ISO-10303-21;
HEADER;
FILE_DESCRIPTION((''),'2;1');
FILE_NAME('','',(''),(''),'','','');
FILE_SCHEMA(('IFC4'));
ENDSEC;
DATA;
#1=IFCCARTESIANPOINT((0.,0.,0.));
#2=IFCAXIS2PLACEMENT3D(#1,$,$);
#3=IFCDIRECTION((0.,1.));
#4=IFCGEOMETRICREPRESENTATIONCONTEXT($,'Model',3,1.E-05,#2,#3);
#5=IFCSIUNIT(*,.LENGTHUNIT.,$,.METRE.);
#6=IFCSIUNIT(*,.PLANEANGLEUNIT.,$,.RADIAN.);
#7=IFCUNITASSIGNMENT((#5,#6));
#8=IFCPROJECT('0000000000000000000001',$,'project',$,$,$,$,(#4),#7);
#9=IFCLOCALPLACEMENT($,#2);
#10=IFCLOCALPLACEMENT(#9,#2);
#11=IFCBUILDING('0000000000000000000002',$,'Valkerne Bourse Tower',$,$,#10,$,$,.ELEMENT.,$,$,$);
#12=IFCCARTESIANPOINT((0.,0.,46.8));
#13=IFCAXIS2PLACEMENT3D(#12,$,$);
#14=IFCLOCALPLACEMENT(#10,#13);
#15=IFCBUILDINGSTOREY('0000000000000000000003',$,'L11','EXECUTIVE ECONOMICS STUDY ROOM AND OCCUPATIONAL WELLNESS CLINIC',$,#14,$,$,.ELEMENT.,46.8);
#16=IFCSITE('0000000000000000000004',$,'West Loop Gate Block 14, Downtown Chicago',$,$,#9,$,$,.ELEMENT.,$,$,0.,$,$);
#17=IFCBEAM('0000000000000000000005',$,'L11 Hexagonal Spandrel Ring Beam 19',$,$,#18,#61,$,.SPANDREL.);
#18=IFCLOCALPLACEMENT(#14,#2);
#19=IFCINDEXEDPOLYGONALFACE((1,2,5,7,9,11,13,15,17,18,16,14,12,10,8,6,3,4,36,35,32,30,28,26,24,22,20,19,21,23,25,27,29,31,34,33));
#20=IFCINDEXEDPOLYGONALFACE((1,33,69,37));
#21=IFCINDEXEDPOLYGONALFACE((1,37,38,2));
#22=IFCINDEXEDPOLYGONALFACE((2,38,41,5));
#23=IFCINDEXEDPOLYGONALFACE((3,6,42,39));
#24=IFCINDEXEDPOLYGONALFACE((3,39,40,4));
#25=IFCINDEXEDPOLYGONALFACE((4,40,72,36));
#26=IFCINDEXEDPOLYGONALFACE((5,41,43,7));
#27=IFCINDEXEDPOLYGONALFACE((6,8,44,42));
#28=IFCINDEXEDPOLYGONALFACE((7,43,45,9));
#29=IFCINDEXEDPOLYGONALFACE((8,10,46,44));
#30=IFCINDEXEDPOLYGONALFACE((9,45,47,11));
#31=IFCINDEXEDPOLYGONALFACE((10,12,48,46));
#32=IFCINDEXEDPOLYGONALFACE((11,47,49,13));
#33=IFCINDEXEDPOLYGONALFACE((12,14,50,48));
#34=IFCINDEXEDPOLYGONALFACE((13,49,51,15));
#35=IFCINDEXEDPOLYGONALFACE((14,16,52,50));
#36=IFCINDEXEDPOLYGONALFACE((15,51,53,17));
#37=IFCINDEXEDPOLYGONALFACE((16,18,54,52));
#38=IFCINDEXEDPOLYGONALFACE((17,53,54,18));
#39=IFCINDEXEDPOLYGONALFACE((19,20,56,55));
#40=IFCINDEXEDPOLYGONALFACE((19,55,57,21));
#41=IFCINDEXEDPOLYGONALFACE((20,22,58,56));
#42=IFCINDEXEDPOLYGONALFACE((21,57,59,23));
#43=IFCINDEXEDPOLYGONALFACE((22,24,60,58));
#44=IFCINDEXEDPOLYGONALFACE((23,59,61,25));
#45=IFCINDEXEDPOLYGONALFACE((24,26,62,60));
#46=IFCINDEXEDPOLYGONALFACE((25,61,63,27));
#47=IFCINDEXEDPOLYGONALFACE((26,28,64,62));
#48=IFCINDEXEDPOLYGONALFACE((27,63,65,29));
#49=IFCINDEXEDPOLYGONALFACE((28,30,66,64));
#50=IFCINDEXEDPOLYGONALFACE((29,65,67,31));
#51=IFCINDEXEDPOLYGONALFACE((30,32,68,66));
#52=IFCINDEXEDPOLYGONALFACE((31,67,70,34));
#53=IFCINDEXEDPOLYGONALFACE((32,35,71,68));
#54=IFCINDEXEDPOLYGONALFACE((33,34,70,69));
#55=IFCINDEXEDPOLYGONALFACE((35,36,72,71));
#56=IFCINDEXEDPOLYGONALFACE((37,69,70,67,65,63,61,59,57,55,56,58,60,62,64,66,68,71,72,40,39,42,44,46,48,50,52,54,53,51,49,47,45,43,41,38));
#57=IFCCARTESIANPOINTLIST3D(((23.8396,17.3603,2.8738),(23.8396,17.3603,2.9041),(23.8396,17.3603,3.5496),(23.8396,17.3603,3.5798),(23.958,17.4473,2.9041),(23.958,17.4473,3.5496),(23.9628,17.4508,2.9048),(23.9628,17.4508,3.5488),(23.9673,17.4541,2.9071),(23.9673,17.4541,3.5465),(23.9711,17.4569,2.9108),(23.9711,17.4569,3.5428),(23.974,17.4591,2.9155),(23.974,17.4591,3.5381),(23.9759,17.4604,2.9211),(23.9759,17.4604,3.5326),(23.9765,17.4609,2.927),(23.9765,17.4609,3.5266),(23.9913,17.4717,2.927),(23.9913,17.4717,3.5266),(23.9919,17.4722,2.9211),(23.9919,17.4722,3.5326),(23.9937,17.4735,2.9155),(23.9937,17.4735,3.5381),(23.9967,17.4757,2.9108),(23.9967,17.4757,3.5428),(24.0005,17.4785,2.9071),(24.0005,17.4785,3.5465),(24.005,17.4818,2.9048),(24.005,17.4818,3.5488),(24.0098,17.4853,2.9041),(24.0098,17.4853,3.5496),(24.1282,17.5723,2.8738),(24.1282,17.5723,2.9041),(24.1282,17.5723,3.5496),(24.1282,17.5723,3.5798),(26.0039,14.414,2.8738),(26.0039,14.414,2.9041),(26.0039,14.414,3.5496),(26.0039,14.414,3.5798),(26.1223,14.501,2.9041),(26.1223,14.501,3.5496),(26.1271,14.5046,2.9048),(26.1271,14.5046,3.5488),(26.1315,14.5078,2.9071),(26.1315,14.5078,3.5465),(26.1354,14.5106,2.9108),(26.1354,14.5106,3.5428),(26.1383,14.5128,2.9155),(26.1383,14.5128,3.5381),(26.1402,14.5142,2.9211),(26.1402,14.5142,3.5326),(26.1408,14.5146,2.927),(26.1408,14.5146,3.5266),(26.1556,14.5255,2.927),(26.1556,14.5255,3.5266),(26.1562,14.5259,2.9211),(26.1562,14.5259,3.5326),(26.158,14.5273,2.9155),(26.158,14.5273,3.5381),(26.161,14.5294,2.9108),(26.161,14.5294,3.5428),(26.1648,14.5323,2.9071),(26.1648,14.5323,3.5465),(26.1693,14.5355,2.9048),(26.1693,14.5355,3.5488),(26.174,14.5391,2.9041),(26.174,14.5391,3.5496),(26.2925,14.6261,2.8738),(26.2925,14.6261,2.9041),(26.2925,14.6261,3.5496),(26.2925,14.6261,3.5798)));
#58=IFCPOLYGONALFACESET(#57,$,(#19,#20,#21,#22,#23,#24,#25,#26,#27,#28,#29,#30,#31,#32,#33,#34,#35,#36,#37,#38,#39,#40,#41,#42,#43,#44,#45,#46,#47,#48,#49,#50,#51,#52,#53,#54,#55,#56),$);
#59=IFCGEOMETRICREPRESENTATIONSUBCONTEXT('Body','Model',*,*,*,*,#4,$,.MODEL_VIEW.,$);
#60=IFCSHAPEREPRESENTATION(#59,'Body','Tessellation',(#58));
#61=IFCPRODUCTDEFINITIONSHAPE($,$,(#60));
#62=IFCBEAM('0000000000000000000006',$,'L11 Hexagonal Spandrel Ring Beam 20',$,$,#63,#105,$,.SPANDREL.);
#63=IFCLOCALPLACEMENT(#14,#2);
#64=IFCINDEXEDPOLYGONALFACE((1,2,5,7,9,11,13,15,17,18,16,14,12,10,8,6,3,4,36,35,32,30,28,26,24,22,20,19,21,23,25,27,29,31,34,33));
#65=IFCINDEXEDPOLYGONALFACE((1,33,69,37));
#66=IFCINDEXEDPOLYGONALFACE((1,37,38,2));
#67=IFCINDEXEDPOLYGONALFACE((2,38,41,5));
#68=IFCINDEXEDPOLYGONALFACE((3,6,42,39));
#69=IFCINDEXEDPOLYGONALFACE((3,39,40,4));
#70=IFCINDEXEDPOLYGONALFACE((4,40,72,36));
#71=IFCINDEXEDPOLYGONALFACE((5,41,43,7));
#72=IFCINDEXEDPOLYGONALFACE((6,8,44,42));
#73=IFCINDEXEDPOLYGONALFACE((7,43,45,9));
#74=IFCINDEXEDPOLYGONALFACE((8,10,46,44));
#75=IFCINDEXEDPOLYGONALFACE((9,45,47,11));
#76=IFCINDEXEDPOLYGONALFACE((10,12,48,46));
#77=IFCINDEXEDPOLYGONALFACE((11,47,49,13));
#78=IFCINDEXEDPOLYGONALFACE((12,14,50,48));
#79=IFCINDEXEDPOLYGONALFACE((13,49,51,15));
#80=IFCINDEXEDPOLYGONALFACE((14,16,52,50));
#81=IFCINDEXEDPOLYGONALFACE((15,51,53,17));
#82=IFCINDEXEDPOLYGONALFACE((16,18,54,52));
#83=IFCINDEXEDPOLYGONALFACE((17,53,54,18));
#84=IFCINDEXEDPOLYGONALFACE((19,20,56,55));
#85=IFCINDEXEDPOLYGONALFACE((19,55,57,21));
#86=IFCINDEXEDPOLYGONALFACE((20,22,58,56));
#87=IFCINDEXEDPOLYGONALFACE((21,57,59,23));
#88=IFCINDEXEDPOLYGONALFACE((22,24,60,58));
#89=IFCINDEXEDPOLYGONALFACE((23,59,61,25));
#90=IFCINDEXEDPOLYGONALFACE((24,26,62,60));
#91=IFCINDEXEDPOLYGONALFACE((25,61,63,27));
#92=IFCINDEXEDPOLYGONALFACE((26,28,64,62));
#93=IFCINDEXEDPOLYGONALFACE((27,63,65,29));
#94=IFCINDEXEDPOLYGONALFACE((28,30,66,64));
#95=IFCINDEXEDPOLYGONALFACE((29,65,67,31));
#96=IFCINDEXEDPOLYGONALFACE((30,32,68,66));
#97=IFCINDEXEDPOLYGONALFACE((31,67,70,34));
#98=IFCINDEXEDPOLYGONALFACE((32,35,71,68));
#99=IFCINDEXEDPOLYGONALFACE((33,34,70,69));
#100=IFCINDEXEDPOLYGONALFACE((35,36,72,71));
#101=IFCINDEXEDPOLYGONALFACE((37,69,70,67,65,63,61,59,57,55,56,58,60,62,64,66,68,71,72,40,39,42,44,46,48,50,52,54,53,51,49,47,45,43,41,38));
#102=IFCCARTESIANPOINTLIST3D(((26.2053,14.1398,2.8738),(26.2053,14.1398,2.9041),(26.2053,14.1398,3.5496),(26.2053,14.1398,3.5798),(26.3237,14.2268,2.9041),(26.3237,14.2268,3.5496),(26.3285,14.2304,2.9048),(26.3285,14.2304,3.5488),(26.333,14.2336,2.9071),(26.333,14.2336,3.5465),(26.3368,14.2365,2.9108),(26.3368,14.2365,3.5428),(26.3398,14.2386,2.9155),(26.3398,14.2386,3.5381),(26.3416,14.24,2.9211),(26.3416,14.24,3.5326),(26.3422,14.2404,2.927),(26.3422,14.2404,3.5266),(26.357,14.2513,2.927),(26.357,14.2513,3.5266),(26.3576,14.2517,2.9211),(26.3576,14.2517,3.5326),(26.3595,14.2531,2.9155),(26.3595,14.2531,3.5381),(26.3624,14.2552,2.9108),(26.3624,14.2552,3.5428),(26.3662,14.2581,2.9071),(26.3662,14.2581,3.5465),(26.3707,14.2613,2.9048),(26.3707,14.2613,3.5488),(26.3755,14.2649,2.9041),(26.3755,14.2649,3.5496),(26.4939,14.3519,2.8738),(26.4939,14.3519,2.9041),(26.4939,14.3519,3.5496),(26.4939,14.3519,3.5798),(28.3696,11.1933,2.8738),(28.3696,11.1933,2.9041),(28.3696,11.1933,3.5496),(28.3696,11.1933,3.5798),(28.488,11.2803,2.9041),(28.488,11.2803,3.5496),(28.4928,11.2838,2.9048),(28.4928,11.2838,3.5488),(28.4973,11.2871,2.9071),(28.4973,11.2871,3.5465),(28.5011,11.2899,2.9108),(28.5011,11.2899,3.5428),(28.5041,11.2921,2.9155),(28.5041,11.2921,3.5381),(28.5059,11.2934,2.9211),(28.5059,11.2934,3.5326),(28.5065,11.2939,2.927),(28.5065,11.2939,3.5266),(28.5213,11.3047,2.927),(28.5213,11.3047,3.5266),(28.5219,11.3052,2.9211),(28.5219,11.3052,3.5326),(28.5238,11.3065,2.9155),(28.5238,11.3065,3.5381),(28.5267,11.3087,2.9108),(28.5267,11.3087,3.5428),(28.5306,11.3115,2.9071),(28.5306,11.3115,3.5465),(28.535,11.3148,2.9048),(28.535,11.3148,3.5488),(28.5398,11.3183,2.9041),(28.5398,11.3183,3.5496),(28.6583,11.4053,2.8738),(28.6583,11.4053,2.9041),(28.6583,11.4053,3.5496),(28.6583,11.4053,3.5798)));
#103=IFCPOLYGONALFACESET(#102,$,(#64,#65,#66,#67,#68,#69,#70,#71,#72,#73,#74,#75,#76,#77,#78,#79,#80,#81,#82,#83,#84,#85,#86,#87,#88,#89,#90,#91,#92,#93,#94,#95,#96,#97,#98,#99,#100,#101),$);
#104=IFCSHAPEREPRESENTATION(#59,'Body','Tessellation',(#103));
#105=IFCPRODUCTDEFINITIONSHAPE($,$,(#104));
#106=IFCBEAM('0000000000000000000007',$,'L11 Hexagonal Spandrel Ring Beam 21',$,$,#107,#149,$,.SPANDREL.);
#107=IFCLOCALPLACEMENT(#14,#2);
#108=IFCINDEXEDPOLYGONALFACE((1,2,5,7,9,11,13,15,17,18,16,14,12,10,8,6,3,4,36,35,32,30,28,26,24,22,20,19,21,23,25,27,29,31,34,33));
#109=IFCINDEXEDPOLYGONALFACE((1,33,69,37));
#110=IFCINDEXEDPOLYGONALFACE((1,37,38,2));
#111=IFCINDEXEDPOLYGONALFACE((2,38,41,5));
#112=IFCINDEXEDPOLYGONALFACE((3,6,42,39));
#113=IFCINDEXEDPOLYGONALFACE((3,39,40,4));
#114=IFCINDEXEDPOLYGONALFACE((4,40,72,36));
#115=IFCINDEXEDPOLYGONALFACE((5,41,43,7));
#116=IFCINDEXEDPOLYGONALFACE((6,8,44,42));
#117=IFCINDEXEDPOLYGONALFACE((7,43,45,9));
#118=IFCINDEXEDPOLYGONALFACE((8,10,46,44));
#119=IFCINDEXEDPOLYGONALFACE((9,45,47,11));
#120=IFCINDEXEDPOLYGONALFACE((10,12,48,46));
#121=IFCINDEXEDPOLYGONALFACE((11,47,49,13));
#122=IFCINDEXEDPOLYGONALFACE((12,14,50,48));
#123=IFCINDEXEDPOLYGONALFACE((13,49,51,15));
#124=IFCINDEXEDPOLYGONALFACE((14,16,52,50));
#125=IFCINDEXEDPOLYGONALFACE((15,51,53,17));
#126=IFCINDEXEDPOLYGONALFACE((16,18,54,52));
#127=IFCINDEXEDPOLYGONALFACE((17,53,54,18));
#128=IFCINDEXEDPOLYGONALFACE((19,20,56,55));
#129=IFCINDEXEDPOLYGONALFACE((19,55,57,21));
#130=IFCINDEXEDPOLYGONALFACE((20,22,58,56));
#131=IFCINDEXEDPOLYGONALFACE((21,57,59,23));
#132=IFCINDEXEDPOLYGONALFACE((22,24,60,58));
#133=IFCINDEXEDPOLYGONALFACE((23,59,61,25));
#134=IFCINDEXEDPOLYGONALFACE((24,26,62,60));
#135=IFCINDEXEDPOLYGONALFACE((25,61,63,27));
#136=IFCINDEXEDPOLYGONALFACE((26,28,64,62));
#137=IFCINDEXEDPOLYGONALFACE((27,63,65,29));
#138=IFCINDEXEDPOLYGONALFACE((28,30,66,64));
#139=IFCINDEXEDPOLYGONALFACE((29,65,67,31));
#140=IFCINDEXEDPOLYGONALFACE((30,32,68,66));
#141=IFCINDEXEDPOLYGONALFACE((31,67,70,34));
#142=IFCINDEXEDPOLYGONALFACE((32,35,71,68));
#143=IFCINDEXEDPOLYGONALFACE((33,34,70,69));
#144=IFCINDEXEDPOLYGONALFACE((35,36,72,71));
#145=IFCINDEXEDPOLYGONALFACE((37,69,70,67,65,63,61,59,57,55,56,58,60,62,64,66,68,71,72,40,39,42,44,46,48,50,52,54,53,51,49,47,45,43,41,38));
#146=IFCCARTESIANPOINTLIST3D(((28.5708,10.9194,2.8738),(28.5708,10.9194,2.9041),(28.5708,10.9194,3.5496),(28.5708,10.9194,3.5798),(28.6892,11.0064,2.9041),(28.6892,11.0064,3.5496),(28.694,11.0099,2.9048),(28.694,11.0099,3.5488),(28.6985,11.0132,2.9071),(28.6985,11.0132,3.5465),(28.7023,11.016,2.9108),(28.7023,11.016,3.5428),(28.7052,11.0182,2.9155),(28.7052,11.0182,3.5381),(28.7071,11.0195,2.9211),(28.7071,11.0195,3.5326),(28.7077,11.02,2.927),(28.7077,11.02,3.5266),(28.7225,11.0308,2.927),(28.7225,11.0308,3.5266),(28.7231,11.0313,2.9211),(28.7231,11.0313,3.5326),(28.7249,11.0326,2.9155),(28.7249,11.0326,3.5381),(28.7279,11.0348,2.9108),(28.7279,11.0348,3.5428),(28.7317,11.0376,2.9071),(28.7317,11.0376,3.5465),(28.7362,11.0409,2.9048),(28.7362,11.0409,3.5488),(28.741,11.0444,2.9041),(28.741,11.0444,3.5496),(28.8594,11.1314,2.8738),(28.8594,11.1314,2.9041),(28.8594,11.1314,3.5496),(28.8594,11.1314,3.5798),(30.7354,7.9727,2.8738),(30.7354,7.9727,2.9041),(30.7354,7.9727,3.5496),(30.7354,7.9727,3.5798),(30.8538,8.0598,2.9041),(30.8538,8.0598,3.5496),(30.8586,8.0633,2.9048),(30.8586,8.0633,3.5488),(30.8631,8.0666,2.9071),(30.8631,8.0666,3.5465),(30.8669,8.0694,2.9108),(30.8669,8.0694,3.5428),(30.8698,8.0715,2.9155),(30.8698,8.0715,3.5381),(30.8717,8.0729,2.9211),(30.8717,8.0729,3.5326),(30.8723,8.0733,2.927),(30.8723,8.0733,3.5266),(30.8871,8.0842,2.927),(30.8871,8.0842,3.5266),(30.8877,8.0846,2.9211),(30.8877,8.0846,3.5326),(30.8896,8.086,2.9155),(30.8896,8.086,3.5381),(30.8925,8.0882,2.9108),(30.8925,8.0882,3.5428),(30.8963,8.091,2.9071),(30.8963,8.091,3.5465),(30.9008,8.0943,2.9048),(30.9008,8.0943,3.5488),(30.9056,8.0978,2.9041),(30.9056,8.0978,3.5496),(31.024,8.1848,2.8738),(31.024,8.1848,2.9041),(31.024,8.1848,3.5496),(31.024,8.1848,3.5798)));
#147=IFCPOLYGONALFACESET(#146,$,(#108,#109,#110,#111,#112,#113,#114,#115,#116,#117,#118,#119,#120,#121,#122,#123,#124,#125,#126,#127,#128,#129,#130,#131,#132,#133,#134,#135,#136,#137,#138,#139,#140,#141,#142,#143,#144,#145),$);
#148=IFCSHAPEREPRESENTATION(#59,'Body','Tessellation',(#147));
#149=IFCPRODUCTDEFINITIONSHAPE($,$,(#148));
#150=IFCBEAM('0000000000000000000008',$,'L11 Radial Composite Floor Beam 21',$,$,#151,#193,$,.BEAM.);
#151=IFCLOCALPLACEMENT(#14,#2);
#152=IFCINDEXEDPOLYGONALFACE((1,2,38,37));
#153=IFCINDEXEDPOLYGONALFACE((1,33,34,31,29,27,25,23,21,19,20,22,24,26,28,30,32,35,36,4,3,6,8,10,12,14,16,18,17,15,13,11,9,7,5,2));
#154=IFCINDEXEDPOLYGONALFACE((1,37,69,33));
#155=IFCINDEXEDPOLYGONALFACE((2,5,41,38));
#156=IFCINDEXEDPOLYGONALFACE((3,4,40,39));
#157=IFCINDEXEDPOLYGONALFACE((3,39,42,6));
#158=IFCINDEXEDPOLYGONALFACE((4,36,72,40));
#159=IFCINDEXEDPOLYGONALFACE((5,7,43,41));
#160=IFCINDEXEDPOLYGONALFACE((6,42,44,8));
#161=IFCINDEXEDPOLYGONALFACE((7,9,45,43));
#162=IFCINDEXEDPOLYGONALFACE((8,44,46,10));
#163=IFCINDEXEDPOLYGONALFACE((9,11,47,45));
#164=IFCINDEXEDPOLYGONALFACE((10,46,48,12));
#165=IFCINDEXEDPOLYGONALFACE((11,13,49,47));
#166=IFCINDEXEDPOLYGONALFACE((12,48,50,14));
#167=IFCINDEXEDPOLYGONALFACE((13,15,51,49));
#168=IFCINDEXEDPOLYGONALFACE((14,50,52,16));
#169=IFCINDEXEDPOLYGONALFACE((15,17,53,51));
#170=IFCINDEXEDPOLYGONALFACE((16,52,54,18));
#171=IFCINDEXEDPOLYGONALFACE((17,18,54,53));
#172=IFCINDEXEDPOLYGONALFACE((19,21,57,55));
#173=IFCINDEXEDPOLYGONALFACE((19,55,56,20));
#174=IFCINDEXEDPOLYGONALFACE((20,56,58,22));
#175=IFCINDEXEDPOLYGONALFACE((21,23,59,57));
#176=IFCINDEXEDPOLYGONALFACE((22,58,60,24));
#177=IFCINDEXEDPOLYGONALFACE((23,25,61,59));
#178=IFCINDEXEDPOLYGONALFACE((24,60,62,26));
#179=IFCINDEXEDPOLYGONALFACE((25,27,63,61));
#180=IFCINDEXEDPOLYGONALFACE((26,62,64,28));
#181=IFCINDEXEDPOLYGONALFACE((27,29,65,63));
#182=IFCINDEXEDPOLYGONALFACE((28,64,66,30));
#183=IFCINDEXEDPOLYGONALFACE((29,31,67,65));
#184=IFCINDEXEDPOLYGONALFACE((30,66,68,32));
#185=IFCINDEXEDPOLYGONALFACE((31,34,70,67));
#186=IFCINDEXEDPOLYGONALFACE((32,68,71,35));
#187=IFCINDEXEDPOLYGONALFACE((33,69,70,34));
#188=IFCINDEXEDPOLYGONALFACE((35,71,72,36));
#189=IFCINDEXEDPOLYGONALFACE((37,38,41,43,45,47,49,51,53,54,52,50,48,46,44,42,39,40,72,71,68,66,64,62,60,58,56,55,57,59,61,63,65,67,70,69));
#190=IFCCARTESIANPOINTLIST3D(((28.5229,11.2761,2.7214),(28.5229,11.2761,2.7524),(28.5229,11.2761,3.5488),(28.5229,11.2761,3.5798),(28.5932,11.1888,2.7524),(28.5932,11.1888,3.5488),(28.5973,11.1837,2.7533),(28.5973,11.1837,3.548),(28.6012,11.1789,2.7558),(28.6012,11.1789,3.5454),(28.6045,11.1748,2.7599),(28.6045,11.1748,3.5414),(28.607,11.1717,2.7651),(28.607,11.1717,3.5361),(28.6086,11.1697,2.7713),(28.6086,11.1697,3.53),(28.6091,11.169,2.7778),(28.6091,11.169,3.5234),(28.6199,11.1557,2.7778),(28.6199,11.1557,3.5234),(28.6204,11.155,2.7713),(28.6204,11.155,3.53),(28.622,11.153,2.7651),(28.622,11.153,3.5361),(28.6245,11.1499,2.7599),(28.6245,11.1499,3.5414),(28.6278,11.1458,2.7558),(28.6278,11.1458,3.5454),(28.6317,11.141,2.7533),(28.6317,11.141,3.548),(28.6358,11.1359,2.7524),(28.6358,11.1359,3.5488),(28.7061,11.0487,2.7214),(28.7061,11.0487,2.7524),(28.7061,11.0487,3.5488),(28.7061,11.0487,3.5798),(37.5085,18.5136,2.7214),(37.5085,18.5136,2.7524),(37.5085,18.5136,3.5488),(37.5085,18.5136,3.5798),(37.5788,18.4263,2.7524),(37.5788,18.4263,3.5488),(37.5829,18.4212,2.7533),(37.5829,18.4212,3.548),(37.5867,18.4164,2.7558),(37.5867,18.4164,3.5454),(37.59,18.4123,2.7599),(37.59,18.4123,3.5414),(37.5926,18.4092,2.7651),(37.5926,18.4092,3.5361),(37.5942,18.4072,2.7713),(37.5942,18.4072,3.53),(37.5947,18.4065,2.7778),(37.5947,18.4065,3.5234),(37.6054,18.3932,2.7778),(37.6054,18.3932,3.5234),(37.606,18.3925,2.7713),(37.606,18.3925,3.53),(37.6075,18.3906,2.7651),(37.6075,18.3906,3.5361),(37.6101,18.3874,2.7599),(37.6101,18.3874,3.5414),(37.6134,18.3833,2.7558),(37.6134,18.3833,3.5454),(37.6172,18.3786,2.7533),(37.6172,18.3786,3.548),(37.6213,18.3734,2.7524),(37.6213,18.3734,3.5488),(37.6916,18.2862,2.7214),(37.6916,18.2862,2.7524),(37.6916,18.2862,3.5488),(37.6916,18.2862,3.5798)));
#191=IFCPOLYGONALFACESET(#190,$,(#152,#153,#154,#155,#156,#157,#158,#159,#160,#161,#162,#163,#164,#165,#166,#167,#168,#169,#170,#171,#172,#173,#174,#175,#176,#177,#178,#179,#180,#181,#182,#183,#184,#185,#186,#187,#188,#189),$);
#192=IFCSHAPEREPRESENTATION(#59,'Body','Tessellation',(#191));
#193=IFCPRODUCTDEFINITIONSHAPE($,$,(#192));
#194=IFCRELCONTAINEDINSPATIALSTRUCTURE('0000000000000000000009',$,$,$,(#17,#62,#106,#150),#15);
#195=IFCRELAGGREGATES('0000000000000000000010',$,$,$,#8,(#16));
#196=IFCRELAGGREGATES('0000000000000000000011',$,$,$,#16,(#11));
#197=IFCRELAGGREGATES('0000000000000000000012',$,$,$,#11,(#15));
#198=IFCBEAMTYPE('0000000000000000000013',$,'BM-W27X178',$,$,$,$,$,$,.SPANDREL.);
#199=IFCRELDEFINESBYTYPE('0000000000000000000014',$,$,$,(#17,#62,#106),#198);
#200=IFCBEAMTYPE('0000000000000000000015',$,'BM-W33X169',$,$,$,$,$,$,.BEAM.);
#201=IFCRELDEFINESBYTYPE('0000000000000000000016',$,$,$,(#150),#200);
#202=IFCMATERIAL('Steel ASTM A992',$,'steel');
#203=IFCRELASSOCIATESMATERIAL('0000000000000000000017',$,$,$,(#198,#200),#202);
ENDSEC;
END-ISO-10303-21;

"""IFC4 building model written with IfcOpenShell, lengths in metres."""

from ifc_helpers import new_model, si_unit, direction, frame, origin, origin_2d, place, context, subcontext, project, spatial, i_section, extrude, material, material_profile, profile_set, type_object, element, save


model = new_model("IFC4")

# Units and contexts
model_context = context("Model", 3, precision=1e-05, world=origin(), true_north=direction((0.0, 1.0)))
body_context = subcontext(model_context, "Body", "Model", "MODEL_VIEW")
ifc_project = project(units=[si_unit("LENGTHUNIT", "METRE"), si_unit("PLANEANGLEUNIT", "RADIAN")], contexts=[model_context])

# Site, building, storey
site_placement = place(None, origin())
site = spatial("IfcSite", under=ifc_project, at=site_placement, Name="West Loop Gate Block 14, Downtown Chicago", CompositionType="ELEMENT", RefElevation=0.0)
building_placement = place(site_placement, origin())
building = spatial("IfcBuilding", under=site, at=building_placement, Name="Valkerne Bourse Tower", CompositionType="ELEMENT")
storey_placement = place(building_placement, frame((0.0, 0.0, 46.8)))
storey = spatial("IfcBuildingStorey", under=building, at=storey_placement, Name="L11", Description="EXECUTIVE ECONOMICS STUDY ROOM AND OCCUPATIONAL WELLNESS CLINIC", CompositionType="ELEMENT", Elevation=46.8)

# Beams
ifc_material_1 = material(Name="Steel ASTM A992", Category="steel")
ifc_material_profile_1 = material_profile(ifc_material_1, i_section(OverallWidth=0.3582, OverallDepth=0.7061, WebThickness=0.0183, FlangeThickness=0.0303, FilletRadius=0.0229, at=origin_2d()), Name="W27X178")
ifc_profile_set_1 = profile_set([ifc_material_profile_1], Name="Steel ASTM A992")
beam_type_1 = type_object("IfcBeamType", Name="BM-W27X178", PredefinedType="SPANDREL", material=ifc_profile_set_1)
beam_1_placement = place(storey_placement, frame((23.9839, 17.4663, 3.2268), z_axis=(0.592021, -0.805923, 0.0), x_axis=(0.805923, 0.592021, 0.0)))
element("IfcBeam", 1, at=beam_1_placement, inside=storey, type_object=beam_type_1, Name="L11 Hexagonal Spandrel Ring Beam 19", PredefinedType="SPANDREL", context=body_context, shape_type="SweptSolid", body=[
    extrude(i_section(OverallWidth=0.3582, OverallDepth=0.7061, WebThickness=0.0183, FlangeThickness=0.0303, FilletRadius=0.0229, at=origin_2d()), origin(), (0.0, 0.0, 1.0), 3.6558),
])
beam_2_placement = place(storey_placement, frame((26.3496, 14.2458, 3.2268), z_axis=(0.591989, -0.805946, 0.0), x_axis=(0.805946, 0.591989, 0.0)))
element("IfcBeam", 2, at=beam_2_placement, inside=storey, type_object=beam_type_1, Name="L11 Hexagonal Spandrel Ring Beam 20", PredefinedType="SPANDREL", context=body_context, shape_type="SweptSolid", body=[
    extrude(i_section(OverallWidth=0.3582, OverallDepth=0.7061, WebThickness=0.0183, FlangeThickness=0.0303, FilletRadius=0.0229, at=origin_2d()), origin(), (0.0, 0.0, 1.0), 3.656),
])
beam_3_placement = place(storey_placement, frame((28.7151, 11.0254, 3.2268), z_axis=(0.592032, -0.805914, 0.0), x_axis=(0.805914, 0.592032, 0.0)))
element("IfcBeam", 3, at=beam_3_placement, inside=storey, type_object=beam_type_1, Name="L11 Hexagonal Spandrel Ring Beam 21", PredefinedType="SPANDREL", context=body_context, shape_type="SweptSolid", body=[
    extrude(i_section(OverallWidth=0.3582, OverallDepth=0.7061, WebThickness=0.0183, FlangeThickness=0.0303, FilletRadius=0.0229, at=origin_2d()), origin(), (0.0, 0.0, 1.0), 3.6562),
])
ifc_material_profile_2 = material_profile(ifc_material_1, i_section(OverallWidth=0.292, OverallDepth=0.8584, WebThickness=0.0171, FlangeThickness=0.031, FilletRadius=0.0254, at=origin_2d()), Name="W33X169")
ifc_profile_set_2 = profile_set([ifc_material_profile_2], Name="Steel ASTM A992")
beam_type_2 = type_object("IfcBeamType", Name="BM-W33X169", PredefinedType="BEAM", material=ifc_profile_set_2)
beam_4_placement = place(storey_placement, frame((28.6145, 11.1624, 3.1506), z_axis=(0.77879, 0.627285, 0.0), x_axis=(-0.627285, 0.77879, 0.0)))
element("IfcBeam", 4, at=beam_4_placement, inside=storey, type_object=beam_type_2, Name="L11 Radial Composite Floor Beam 21", PredefinedType="BEAM", context=body_context, shape_type="SweptSolid", body=[
    extrude(i_section(OverallWidth=0.292, OverallDepth=0.8584, WebThickness=0.0171, FlangeThickness=0.031, FilletRadius=0.0254, at=origin_2d()), origin(), (0.0, 0.0, 1.0), 11.5378),
])

save(model, "model.ifc")
